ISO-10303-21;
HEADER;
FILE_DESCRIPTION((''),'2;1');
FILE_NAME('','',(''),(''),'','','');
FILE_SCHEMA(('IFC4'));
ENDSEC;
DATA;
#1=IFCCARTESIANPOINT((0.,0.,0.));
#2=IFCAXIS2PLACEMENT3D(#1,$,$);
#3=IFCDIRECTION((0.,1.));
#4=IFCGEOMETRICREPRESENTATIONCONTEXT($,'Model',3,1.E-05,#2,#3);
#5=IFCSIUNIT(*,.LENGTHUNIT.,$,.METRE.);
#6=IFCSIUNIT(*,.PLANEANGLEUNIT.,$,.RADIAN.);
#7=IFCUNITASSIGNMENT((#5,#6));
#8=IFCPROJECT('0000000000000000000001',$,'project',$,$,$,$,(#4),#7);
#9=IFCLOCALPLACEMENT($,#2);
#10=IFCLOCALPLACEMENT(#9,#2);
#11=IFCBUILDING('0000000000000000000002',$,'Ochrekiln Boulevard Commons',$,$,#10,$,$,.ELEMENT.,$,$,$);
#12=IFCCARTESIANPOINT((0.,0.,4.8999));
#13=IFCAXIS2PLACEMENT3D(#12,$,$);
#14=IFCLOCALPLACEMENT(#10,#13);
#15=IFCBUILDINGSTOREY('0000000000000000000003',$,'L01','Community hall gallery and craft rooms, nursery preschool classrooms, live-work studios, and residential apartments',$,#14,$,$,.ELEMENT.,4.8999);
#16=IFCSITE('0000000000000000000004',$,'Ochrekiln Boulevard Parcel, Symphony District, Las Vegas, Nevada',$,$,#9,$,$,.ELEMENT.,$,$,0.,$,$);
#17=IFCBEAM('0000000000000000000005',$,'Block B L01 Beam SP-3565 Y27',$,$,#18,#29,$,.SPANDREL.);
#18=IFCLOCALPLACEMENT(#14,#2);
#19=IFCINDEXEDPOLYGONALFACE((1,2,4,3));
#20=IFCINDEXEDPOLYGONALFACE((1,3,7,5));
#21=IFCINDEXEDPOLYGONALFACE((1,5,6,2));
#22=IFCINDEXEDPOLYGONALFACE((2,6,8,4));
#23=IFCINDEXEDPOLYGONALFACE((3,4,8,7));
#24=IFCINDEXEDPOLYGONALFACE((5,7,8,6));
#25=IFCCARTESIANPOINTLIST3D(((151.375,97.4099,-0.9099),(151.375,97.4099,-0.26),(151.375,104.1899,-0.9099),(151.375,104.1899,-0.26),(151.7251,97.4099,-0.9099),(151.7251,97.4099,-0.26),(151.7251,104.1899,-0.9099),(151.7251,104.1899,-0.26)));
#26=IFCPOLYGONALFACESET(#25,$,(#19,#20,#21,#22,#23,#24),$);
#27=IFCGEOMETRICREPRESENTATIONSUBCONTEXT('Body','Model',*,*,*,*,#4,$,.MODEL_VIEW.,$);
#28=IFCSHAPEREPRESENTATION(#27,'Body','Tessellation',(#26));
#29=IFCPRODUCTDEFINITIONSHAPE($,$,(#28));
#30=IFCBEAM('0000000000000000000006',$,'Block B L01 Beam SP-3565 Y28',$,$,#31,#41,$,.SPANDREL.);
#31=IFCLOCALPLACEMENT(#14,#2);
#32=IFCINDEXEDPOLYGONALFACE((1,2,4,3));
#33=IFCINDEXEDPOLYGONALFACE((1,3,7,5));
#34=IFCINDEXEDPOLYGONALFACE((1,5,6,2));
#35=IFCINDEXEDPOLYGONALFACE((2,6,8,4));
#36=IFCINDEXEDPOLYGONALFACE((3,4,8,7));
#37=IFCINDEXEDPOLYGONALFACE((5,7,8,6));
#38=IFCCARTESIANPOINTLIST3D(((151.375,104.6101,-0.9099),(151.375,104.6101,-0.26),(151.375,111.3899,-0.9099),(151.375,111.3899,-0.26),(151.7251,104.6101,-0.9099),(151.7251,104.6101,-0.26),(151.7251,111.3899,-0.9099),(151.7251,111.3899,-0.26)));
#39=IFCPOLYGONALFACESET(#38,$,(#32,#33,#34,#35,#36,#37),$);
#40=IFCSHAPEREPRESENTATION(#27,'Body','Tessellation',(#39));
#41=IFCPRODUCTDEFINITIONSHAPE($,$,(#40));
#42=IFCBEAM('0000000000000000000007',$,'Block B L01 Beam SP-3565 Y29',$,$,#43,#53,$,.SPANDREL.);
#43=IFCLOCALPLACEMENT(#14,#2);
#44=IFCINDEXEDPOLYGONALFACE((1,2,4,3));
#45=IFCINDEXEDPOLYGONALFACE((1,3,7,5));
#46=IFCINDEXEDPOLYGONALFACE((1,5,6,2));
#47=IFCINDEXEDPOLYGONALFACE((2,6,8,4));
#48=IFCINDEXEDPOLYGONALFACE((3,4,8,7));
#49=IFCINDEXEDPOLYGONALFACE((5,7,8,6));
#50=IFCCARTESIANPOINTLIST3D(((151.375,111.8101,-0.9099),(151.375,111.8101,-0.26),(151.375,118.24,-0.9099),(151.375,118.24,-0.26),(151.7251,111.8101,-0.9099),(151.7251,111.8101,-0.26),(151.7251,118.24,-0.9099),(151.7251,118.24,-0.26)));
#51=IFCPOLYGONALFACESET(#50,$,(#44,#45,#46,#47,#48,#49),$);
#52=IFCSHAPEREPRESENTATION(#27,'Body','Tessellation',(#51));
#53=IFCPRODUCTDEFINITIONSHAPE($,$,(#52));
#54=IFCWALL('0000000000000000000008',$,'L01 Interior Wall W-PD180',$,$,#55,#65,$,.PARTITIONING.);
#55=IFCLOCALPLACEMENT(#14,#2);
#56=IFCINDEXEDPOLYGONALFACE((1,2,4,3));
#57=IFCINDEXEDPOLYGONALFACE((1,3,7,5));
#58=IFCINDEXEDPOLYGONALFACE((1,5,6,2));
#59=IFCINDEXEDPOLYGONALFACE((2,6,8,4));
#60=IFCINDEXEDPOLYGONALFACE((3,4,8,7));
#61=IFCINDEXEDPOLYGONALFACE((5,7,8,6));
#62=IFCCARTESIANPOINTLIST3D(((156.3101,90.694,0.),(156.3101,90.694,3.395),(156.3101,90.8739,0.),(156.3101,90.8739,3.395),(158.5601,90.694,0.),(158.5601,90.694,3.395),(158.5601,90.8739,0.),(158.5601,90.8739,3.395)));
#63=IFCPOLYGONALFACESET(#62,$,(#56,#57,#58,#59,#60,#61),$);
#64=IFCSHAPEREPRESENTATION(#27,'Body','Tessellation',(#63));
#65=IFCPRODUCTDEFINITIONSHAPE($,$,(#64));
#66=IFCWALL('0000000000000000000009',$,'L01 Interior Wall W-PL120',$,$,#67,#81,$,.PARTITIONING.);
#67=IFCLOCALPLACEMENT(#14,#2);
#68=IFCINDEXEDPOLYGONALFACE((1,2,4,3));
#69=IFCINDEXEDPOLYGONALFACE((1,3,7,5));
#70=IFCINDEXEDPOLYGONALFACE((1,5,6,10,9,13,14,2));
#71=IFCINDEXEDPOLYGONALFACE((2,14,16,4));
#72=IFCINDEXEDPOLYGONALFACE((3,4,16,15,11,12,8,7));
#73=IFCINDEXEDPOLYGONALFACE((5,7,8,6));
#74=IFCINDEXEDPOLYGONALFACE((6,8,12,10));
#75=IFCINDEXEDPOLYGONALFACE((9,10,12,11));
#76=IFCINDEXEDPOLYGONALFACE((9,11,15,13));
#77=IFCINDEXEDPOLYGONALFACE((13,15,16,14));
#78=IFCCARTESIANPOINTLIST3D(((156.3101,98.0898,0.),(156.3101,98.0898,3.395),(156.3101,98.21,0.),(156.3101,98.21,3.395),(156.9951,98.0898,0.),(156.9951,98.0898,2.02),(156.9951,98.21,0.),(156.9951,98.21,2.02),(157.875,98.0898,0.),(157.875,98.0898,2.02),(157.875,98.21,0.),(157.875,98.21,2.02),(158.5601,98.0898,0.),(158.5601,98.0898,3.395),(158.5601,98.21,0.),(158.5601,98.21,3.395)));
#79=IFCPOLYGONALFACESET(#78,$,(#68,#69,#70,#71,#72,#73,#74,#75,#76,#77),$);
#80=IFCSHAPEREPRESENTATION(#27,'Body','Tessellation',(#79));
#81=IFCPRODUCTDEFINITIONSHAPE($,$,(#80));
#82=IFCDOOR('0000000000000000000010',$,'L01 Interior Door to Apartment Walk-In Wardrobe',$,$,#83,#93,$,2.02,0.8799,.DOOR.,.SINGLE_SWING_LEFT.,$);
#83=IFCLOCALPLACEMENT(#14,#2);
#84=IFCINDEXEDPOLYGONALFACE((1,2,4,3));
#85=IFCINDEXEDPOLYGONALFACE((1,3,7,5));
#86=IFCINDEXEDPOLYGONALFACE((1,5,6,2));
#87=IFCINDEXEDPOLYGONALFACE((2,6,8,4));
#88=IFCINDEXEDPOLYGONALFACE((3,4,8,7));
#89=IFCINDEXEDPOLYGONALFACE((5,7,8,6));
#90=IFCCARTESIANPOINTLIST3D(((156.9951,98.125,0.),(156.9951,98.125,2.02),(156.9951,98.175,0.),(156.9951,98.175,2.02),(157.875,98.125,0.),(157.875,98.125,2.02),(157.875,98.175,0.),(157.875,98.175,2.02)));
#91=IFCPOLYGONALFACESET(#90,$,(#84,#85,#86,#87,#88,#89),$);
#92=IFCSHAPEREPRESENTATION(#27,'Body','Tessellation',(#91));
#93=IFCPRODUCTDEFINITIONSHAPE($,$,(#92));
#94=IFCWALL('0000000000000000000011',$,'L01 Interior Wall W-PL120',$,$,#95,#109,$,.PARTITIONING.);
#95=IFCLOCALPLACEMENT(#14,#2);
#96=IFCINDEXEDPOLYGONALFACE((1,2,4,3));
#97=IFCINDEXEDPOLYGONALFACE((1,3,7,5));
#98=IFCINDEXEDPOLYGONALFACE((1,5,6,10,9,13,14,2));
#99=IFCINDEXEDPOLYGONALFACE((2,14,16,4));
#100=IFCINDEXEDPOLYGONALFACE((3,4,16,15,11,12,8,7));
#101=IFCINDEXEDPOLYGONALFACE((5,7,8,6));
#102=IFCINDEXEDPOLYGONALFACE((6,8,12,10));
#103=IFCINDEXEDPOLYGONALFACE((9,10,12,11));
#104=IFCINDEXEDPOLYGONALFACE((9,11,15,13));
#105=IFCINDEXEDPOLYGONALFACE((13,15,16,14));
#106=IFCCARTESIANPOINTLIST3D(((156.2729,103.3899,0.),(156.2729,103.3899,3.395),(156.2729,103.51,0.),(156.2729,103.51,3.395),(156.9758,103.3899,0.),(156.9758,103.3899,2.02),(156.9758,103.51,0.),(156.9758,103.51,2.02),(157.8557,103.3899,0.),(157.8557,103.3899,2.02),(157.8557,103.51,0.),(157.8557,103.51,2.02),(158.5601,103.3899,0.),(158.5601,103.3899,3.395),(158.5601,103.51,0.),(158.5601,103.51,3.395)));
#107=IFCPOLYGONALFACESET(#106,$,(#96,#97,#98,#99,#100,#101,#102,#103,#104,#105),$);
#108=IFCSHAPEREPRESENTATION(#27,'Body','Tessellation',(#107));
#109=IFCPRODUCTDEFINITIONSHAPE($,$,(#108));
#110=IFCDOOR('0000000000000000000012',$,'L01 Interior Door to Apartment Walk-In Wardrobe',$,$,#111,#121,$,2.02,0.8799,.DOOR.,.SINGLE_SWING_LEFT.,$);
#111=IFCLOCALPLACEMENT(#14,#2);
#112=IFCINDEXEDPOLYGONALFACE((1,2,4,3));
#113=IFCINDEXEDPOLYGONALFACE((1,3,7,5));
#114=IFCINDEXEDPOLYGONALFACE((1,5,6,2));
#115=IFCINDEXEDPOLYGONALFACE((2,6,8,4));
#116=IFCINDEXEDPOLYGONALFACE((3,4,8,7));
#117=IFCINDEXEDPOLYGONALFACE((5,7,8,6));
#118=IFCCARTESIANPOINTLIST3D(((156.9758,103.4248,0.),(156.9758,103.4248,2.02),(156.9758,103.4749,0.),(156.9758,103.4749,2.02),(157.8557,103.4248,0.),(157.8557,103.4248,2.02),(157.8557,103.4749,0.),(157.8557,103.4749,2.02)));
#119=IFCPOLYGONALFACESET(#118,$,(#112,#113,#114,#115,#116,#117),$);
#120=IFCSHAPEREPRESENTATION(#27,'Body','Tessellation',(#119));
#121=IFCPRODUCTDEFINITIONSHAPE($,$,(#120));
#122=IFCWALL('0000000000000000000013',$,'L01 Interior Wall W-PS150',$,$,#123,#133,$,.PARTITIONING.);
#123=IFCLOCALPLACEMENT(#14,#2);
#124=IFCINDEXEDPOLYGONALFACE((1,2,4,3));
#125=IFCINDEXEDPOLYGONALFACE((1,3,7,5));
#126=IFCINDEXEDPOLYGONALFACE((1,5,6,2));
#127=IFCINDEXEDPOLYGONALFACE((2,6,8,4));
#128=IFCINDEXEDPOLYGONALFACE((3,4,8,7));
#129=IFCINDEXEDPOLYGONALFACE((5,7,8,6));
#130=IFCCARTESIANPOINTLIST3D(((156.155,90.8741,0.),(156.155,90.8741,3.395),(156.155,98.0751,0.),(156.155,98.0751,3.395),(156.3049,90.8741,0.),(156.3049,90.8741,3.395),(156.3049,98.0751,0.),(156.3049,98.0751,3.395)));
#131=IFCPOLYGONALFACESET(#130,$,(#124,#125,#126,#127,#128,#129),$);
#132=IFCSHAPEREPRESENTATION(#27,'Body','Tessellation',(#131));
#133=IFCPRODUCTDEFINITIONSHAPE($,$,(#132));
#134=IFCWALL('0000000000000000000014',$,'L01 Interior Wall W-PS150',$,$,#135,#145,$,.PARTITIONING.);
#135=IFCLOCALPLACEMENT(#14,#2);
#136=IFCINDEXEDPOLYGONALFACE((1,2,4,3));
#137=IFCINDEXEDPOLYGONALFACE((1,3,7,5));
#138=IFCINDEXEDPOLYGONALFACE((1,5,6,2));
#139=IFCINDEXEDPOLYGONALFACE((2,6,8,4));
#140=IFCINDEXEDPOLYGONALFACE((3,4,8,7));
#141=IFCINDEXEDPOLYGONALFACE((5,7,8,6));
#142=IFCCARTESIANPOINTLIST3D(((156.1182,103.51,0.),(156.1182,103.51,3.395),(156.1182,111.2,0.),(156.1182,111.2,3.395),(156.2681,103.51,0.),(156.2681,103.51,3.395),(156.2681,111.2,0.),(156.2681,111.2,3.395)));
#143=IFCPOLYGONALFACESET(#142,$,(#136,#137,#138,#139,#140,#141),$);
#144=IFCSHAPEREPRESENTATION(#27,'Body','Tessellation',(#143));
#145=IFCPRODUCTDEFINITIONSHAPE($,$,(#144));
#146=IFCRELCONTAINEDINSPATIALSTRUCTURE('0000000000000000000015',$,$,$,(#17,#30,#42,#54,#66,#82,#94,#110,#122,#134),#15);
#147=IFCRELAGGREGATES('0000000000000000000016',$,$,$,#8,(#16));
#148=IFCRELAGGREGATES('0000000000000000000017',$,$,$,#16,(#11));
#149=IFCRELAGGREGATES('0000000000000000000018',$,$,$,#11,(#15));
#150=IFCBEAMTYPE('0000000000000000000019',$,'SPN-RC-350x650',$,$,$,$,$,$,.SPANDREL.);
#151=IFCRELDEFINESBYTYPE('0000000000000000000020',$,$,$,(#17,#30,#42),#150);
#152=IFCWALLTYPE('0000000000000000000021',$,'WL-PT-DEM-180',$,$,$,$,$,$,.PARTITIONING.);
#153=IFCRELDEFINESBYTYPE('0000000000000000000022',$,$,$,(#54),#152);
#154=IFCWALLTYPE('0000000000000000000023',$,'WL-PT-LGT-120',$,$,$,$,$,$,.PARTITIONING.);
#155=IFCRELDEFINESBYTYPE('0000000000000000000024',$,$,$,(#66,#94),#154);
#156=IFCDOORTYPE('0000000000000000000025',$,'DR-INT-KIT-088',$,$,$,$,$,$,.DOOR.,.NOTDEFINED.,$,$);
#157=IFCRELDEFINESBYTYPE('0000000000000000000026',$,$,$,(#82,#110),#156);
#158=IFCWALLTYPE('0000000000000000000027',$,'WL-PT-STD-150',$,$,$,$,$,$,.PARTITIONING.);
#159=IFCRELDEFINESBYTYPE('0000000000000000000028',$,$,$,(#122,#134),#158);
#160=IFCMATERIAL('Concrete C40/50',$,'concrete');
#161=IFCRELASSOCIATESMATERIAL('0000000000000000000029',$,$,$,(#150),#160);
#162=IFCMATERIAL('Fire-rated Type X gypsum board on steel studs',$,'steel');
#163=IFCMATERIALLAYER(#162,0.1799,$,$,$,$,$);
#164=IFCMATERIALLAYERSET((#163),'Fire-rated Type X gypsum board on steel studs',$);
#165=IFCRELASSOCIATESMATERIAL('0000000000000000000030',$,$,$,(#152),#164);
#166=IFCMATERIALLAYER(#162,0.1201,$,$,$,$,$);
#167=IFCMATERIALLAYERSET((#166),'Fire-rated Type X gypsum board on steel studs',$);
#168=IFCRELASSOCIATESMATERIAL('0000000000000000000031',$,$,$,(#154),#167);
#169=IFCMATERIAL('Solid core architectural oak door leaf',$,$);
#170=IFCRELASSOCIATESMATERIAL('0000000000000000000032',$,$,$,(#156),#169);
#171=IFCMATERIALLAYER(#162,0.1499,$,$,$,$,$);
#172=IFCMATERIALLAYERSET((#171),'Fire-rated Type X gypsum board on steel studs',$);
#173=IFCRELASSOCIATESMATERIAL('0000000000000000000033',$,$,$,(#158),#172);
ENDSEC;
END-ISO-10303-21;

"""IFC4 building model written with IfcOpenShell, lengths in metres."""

from ifc_helpers import new_model, si_unit, direction, frame, frame_2d, origin, origin_2d, place, context, subcontext, project, spatial, rectangle, extrude, material, layer, layer_set, material_profile, profile_set, type_object, element, fill, save


model = new_model("IFC4")

# Units and contexts
model_context = context("Model", 3, precision=1e-05, world=origin(), true_north=direction((0.0, 1.0)))
body_context = subcontext(model_context, "Body", "Model", "MODEL_VIEW")
ifc_project = project(units=[si_unit("LENGTHUNIT", "METRE"), si_unit("PLANEANGLEUNIT", "RADIAN")], contexts=[model_context])

# Site, building, storey
site_placement = place(None, origin())
site = spatial("IfcSite", under=ifc_project, at=site_placement, Name="Ochrekiln Boulevard Parcel, Symphony District, Las Vegas, Nevada", CompositionType="ELEMENT", RefElevation=0.0)
building_placement = place(site_placement, origin())
building = spatial("IfcBuilding", under=site, at=building_placement, Name="Ochrekiln Boulevard Commons", CompositionType="ELEMENT")
storey_placement = place(building_placement, frame((0.0, 0.0, 4.8999)))
storey = spatial("IfcBuildingStorey", under=building, at=storey_placement, Name="L01", Description="Community hall gallery and craft rooms, nursery preschool classrooms, live-work studios, and residential apartments", CompositionType="ELEMENT", Elevation=4.8999)

# Shared definitions
ifc_material_1 = material(Name="Concrete C40/50", Category="concrete")

# Beams
ifc_material_profile_1 = material_profile(ifc_material_1, rectangle(XDim=0.3501, YDim=0.6499, at=origin_2d()), Name="RC-SPN-350x650")
ifc_profile_set_1 = profile_set([ifc_material_profile_1], Name="Concrete C40/50")
beam_type_1 = type_object("IfcBeamType", Name="SPN-RC-350x650", PredefinedType="SPANDREL", material=ifc_profile_set_1)
beam_1_placement = place(storey_placement, frame((151.55, 97.4099, -0.585), z_axis=(0.0, 1.0, 0.0), x_axis=(-1.0, 0.0, 0.0)))
element("IfcBeam", 1, at=beam_1_placement, inside=storey, type_object=beam_type_1, Name="Block B L01 Beam SP-3565 Y27", PredefinedType="SPANDREL", context=body_context, shape_type="SweptSolid", body=[
    extrude(rectangle(XDim=0.3501, YDim=0.6499, at=origin_2d()), origin(), (0.0, 0.0, 1.0), 6.78),
])
beam_2_placement = place(storey_placement, frame((151.55, 104.6101, -0.585), z_axis=(0.0, 1.0, 0.0), x_axis=(-1.0, 0.0, 0.0)))
element("IfcBeam", 2, at=beam_2_placement, inside=storey, type_object=beam_type_1, Name="Block B L01 Beam SP-3565 Y28", PredefinedType="SPANDREL", context=body_context, shape_type="SweptSolid", body=[
    extrude(rectangle(XDim=0.3501, YDim=0.6499, at=origin_2d()), origin(), (0.0, 0.0, 1.0), 6.7798),
])
beam_3_placement = place(storey_placement, frame((151.55, 111.8101, -0.585), z_axis=(0.0, 1.0, 0.0), x_axis=(-1.0, 0.0, 0.0)))
element("IfcBeam", 3, at=beam_3_placement, inside=storey, type_object=beam_type_1, Name="Block B L01 Beam SP-3565 Y29", PredefinedType="SPANDREL", context=body_context, shape_type="SweptSolid", body=[
    extrude(rectangle(XDim=0.3501, YDim=0.6499, at=origin_2d()), origin(), (0.0, 0.0, 1.0), 6.4299),
])

# Wall
ifc_material_2 = material(Name="Fire-rated Type X gypsum board on steel studs", Category="steel")
ifc_layer_1 = layer(ifc_material_2, 0.1799)
ifc_layer_set_1 = layer_set([ifc_layer_1], Name="Fire-rated Type X gypsum board on steel studs")
wall_type_1 = type_object("IfcWallType", Name="WL-PT-DEM-180", PredefinedType="PARTITIONING", material=ifc_layer_set_1)
wall_1_placement = place(storey_placement, frame((156.3101, 90.7839, 0.0), z_axis=(0.0, 0.0, 1.0), x_axis=(1.0, 0.0, 0.0)))
element("IfcWall", 4, at=wall_1_placement, inside=storey, type_object=wall_type_1, Name="L01 Interior Wall W-PD180", PredefinedType="PARTITIONING", context=body_context, shape_type="SweptSolid", body=[
    extrude(rectangle(XDim=2.25, YDim=0.1799, at=frame_2d((1.125, 0.0))), origin(), (0.0, 0.0, 1.0), 3.395),
])

# Walls, openings, doors
ifc_layer_2 = layer(ifc_material_2, 0.1201)
ifc_layer_set_2 = layer_set([ifc_layer_2], Name="Fire-rated Type X gypsum board on steel studs")
wall_type_2 = type_object("IfcWallType", Name="WL-PT-LGT-120", PredefinedType="PARTITIONING", material=ifc_layer_set_2)
wall_2_placement = place(storey_placement, frame((156.3101, 98.1499, 0.0), z_axis=(0.0, 0.0, 1.0), x_axis=(1.0, 0.0, 0.0)))
wall_2 = element("IfcWall", 5, at=wall_2_placement, inside=storey, type_object=wall_type_2, Name="L01 Interior Wall W-PL120", PredefinedType="PARTITIONING", context=body_context, shape_type="SweptSolid", body=[
    extrude(rectangle(XDim=2.25, YDim=0.1201, at=frame_2d((1.125, 0.0))), origin(), (0.0, 0.0, 1.0), 3.395),
])
opening_1_placement = place(wall_2_placement, frame((0.6851, 0.0, 0.0)))
opening_1 = element("IfcOpeningElement", 6, at=opening_1_placement, cuts=wall_2, PredefinedType="OPENING", context=body_context, shape_type="SweptSolid", body=[
    extrude(rectangle(XDim=0.8799, YDim=2.02, at=frame_2d((0.4399, 1.01))), frame((0.0, 0.0701, 0.0), z_axis=(0.0, -1.0, 0.0), x_axis=(1.0, 0.0, 0.0)), (0.0, 0.0, 1.0), 0.1401),
])
ifc_material_3 = material(Name="Solid core architectural oak door leaf")
door_type = type_object("IfcDoorType", Name="DR-INT-KIT-088", OperationType="NOTDEFINED", PredefinedType="DOOR", material=ifc_material_3)
door_1_placement = place(opening_1_placement, frame((0.8799, 0.0, 0.0), z_axis=(0.0, 0.0, 1.0), x_axis=(-1.0, 0.0, 0.0)))
door_1 = element("IfcDoor", 7, at=door_1_placement, inside=storey, type_object=door_type, Name="L01 Interior Door to Apartment Walk-In Wardrobe", OperationType="SINGLE_SWING_LEFT", OverallHeight=2.02, OverallWidth=0.8799, PredefinedType="DOOR", context=body_context, shape_type="SweptSolid", body=[
    extrude(rectangle(XDim=0.8799, YDim=2.02, at=frame_2d((0.4399, 1.01))), frame((0.0, 0.0249, 0.0), z_axis=(0.0, -1.0, 0.0), x_axis=(1.0, 0.0, 0.0)), (0.0, 0.0, 1.0), 0.05),
])
fill(opening_1, door_1)
wall_3_placement = place(storey_placement, frame((156.2729, 103.45, 0.0), z_axis=(0.0, 0.0, 1.0), x_axis=(1.0, 0.0, 0.0)))
wall_3 = element("IfcWall", 8, at=wall_3_placement, inside=storey, type_object=wall_type_2, Name="L01 Interior Wall W-PL120", PredefinedType="PARTITIONING", context=body_context, shape_type="SweptSolid", body=[
    extrude(rectangle(XDim=2.2871, YDim=0.1201, at=frame_2d((1.1436, 0.0))), origin(), (0.0, 0.0, 1.0), 3.395),
])
opening_2_placement = place(wall_3_placement, frame((0.7029, 0.0, 0.0)))
opening_2 = element("IfcOpeningElement", 9, at=opening_2_placement, cuts=wall_3, PredefinedType="OPENING", context=body_context, shape_type="SweptSolid", body=[
    extrude(rectangle(XDim=0.8799, YDim=2.02, at=frame_2d((0.4399, 1.01))), frame((0.0, 0.0701, 0.0), z_axis=(0.0, -1.0, 0.0), x_axis=(1.0, 0.0, 0.0)), (0.0, 0.0, 1.0), 0.1401),
])
door_2_placement = place(opening_2_placement, origin())
door_2 = element("IfcDoor", 10, at=door_2_placement, inside=storey, type_object=door_type, Name="L01 Interior Door to Apartment Walk-In Wardrobe", OperationType="SINGLE_SWING_LEFT", OverallHeight=2.02, OverallWidth=0.8799, PredefinedType="DOOR", context=body_context, shape_type="SweptSolid", body=[
    extrude(rectangle(XDim=0.8799, YDim=2.02, at=frame_2d((0.4399, 1.01))), frame((0.0, 0.0249, 0.0), z_axis=(0.0, -1.0, 0.0), x_axis=(1.0, 0.0, 0.0)), (0.0, 0.0, 1.0), 0.05),
])
fill(opening_2, door_2)

# Walls
ifc_layer_3 = layer(ifc_material_2, 0.1499)
ifc_layer_set_3 = layer_set([ifc_layer_3], Name="Fire-rated Type X gypsum board on steel studs")
wall_type_3 = type_object("IfcWallType", Name="WL-PT-STD-150", PredefinedType="PARTITIONING", material=ifc_layer_set_3)
wall_4_placement = place(storey_placement, frame((156.23, 90.874, 0.0), z_axis=(0.0, 0.0, 1.0), x_axis=(0.0, 1.0, 0.0)))
element("IfcWall", 11, at=wall_4_placement, inside=storey, type_object=wall_type_3, Name="L01 Interior Wall W-PS150", PredefinedType="PARTITIONING", context=body_context, shape_type="SweptSolid", body=[
    extrude(rectangle(XDim=7.2009, YDim=0.1499, at=frame_2d((3.6006, 0.0))), origin(), (0.0, 0.0, 1.0), 3.395),
])
wall_5_placement = place(storey_placement, frame((156.1931, 103.51, 0.0), z_axis=(0.0, 0.0, 1.0), x_axis=(0.0, 1.0, 0.0)))
element("IfcWall", 12, at=wall_5_placement, inside=storey, type_object=wall_type_3, Name="L01 Interior Wall W-PS150", PredefinedType="PARTITIONING", context=body_context, shape_type="SweptSolid", body=[
    extrude(rectangle(XDim=7.6899, YDim=0.1499, at=frame_2d((3.845, 0.0))), origin(), (0.0, 0.0, 1.0), 3.395),
])

save(model, "model.ifc")
